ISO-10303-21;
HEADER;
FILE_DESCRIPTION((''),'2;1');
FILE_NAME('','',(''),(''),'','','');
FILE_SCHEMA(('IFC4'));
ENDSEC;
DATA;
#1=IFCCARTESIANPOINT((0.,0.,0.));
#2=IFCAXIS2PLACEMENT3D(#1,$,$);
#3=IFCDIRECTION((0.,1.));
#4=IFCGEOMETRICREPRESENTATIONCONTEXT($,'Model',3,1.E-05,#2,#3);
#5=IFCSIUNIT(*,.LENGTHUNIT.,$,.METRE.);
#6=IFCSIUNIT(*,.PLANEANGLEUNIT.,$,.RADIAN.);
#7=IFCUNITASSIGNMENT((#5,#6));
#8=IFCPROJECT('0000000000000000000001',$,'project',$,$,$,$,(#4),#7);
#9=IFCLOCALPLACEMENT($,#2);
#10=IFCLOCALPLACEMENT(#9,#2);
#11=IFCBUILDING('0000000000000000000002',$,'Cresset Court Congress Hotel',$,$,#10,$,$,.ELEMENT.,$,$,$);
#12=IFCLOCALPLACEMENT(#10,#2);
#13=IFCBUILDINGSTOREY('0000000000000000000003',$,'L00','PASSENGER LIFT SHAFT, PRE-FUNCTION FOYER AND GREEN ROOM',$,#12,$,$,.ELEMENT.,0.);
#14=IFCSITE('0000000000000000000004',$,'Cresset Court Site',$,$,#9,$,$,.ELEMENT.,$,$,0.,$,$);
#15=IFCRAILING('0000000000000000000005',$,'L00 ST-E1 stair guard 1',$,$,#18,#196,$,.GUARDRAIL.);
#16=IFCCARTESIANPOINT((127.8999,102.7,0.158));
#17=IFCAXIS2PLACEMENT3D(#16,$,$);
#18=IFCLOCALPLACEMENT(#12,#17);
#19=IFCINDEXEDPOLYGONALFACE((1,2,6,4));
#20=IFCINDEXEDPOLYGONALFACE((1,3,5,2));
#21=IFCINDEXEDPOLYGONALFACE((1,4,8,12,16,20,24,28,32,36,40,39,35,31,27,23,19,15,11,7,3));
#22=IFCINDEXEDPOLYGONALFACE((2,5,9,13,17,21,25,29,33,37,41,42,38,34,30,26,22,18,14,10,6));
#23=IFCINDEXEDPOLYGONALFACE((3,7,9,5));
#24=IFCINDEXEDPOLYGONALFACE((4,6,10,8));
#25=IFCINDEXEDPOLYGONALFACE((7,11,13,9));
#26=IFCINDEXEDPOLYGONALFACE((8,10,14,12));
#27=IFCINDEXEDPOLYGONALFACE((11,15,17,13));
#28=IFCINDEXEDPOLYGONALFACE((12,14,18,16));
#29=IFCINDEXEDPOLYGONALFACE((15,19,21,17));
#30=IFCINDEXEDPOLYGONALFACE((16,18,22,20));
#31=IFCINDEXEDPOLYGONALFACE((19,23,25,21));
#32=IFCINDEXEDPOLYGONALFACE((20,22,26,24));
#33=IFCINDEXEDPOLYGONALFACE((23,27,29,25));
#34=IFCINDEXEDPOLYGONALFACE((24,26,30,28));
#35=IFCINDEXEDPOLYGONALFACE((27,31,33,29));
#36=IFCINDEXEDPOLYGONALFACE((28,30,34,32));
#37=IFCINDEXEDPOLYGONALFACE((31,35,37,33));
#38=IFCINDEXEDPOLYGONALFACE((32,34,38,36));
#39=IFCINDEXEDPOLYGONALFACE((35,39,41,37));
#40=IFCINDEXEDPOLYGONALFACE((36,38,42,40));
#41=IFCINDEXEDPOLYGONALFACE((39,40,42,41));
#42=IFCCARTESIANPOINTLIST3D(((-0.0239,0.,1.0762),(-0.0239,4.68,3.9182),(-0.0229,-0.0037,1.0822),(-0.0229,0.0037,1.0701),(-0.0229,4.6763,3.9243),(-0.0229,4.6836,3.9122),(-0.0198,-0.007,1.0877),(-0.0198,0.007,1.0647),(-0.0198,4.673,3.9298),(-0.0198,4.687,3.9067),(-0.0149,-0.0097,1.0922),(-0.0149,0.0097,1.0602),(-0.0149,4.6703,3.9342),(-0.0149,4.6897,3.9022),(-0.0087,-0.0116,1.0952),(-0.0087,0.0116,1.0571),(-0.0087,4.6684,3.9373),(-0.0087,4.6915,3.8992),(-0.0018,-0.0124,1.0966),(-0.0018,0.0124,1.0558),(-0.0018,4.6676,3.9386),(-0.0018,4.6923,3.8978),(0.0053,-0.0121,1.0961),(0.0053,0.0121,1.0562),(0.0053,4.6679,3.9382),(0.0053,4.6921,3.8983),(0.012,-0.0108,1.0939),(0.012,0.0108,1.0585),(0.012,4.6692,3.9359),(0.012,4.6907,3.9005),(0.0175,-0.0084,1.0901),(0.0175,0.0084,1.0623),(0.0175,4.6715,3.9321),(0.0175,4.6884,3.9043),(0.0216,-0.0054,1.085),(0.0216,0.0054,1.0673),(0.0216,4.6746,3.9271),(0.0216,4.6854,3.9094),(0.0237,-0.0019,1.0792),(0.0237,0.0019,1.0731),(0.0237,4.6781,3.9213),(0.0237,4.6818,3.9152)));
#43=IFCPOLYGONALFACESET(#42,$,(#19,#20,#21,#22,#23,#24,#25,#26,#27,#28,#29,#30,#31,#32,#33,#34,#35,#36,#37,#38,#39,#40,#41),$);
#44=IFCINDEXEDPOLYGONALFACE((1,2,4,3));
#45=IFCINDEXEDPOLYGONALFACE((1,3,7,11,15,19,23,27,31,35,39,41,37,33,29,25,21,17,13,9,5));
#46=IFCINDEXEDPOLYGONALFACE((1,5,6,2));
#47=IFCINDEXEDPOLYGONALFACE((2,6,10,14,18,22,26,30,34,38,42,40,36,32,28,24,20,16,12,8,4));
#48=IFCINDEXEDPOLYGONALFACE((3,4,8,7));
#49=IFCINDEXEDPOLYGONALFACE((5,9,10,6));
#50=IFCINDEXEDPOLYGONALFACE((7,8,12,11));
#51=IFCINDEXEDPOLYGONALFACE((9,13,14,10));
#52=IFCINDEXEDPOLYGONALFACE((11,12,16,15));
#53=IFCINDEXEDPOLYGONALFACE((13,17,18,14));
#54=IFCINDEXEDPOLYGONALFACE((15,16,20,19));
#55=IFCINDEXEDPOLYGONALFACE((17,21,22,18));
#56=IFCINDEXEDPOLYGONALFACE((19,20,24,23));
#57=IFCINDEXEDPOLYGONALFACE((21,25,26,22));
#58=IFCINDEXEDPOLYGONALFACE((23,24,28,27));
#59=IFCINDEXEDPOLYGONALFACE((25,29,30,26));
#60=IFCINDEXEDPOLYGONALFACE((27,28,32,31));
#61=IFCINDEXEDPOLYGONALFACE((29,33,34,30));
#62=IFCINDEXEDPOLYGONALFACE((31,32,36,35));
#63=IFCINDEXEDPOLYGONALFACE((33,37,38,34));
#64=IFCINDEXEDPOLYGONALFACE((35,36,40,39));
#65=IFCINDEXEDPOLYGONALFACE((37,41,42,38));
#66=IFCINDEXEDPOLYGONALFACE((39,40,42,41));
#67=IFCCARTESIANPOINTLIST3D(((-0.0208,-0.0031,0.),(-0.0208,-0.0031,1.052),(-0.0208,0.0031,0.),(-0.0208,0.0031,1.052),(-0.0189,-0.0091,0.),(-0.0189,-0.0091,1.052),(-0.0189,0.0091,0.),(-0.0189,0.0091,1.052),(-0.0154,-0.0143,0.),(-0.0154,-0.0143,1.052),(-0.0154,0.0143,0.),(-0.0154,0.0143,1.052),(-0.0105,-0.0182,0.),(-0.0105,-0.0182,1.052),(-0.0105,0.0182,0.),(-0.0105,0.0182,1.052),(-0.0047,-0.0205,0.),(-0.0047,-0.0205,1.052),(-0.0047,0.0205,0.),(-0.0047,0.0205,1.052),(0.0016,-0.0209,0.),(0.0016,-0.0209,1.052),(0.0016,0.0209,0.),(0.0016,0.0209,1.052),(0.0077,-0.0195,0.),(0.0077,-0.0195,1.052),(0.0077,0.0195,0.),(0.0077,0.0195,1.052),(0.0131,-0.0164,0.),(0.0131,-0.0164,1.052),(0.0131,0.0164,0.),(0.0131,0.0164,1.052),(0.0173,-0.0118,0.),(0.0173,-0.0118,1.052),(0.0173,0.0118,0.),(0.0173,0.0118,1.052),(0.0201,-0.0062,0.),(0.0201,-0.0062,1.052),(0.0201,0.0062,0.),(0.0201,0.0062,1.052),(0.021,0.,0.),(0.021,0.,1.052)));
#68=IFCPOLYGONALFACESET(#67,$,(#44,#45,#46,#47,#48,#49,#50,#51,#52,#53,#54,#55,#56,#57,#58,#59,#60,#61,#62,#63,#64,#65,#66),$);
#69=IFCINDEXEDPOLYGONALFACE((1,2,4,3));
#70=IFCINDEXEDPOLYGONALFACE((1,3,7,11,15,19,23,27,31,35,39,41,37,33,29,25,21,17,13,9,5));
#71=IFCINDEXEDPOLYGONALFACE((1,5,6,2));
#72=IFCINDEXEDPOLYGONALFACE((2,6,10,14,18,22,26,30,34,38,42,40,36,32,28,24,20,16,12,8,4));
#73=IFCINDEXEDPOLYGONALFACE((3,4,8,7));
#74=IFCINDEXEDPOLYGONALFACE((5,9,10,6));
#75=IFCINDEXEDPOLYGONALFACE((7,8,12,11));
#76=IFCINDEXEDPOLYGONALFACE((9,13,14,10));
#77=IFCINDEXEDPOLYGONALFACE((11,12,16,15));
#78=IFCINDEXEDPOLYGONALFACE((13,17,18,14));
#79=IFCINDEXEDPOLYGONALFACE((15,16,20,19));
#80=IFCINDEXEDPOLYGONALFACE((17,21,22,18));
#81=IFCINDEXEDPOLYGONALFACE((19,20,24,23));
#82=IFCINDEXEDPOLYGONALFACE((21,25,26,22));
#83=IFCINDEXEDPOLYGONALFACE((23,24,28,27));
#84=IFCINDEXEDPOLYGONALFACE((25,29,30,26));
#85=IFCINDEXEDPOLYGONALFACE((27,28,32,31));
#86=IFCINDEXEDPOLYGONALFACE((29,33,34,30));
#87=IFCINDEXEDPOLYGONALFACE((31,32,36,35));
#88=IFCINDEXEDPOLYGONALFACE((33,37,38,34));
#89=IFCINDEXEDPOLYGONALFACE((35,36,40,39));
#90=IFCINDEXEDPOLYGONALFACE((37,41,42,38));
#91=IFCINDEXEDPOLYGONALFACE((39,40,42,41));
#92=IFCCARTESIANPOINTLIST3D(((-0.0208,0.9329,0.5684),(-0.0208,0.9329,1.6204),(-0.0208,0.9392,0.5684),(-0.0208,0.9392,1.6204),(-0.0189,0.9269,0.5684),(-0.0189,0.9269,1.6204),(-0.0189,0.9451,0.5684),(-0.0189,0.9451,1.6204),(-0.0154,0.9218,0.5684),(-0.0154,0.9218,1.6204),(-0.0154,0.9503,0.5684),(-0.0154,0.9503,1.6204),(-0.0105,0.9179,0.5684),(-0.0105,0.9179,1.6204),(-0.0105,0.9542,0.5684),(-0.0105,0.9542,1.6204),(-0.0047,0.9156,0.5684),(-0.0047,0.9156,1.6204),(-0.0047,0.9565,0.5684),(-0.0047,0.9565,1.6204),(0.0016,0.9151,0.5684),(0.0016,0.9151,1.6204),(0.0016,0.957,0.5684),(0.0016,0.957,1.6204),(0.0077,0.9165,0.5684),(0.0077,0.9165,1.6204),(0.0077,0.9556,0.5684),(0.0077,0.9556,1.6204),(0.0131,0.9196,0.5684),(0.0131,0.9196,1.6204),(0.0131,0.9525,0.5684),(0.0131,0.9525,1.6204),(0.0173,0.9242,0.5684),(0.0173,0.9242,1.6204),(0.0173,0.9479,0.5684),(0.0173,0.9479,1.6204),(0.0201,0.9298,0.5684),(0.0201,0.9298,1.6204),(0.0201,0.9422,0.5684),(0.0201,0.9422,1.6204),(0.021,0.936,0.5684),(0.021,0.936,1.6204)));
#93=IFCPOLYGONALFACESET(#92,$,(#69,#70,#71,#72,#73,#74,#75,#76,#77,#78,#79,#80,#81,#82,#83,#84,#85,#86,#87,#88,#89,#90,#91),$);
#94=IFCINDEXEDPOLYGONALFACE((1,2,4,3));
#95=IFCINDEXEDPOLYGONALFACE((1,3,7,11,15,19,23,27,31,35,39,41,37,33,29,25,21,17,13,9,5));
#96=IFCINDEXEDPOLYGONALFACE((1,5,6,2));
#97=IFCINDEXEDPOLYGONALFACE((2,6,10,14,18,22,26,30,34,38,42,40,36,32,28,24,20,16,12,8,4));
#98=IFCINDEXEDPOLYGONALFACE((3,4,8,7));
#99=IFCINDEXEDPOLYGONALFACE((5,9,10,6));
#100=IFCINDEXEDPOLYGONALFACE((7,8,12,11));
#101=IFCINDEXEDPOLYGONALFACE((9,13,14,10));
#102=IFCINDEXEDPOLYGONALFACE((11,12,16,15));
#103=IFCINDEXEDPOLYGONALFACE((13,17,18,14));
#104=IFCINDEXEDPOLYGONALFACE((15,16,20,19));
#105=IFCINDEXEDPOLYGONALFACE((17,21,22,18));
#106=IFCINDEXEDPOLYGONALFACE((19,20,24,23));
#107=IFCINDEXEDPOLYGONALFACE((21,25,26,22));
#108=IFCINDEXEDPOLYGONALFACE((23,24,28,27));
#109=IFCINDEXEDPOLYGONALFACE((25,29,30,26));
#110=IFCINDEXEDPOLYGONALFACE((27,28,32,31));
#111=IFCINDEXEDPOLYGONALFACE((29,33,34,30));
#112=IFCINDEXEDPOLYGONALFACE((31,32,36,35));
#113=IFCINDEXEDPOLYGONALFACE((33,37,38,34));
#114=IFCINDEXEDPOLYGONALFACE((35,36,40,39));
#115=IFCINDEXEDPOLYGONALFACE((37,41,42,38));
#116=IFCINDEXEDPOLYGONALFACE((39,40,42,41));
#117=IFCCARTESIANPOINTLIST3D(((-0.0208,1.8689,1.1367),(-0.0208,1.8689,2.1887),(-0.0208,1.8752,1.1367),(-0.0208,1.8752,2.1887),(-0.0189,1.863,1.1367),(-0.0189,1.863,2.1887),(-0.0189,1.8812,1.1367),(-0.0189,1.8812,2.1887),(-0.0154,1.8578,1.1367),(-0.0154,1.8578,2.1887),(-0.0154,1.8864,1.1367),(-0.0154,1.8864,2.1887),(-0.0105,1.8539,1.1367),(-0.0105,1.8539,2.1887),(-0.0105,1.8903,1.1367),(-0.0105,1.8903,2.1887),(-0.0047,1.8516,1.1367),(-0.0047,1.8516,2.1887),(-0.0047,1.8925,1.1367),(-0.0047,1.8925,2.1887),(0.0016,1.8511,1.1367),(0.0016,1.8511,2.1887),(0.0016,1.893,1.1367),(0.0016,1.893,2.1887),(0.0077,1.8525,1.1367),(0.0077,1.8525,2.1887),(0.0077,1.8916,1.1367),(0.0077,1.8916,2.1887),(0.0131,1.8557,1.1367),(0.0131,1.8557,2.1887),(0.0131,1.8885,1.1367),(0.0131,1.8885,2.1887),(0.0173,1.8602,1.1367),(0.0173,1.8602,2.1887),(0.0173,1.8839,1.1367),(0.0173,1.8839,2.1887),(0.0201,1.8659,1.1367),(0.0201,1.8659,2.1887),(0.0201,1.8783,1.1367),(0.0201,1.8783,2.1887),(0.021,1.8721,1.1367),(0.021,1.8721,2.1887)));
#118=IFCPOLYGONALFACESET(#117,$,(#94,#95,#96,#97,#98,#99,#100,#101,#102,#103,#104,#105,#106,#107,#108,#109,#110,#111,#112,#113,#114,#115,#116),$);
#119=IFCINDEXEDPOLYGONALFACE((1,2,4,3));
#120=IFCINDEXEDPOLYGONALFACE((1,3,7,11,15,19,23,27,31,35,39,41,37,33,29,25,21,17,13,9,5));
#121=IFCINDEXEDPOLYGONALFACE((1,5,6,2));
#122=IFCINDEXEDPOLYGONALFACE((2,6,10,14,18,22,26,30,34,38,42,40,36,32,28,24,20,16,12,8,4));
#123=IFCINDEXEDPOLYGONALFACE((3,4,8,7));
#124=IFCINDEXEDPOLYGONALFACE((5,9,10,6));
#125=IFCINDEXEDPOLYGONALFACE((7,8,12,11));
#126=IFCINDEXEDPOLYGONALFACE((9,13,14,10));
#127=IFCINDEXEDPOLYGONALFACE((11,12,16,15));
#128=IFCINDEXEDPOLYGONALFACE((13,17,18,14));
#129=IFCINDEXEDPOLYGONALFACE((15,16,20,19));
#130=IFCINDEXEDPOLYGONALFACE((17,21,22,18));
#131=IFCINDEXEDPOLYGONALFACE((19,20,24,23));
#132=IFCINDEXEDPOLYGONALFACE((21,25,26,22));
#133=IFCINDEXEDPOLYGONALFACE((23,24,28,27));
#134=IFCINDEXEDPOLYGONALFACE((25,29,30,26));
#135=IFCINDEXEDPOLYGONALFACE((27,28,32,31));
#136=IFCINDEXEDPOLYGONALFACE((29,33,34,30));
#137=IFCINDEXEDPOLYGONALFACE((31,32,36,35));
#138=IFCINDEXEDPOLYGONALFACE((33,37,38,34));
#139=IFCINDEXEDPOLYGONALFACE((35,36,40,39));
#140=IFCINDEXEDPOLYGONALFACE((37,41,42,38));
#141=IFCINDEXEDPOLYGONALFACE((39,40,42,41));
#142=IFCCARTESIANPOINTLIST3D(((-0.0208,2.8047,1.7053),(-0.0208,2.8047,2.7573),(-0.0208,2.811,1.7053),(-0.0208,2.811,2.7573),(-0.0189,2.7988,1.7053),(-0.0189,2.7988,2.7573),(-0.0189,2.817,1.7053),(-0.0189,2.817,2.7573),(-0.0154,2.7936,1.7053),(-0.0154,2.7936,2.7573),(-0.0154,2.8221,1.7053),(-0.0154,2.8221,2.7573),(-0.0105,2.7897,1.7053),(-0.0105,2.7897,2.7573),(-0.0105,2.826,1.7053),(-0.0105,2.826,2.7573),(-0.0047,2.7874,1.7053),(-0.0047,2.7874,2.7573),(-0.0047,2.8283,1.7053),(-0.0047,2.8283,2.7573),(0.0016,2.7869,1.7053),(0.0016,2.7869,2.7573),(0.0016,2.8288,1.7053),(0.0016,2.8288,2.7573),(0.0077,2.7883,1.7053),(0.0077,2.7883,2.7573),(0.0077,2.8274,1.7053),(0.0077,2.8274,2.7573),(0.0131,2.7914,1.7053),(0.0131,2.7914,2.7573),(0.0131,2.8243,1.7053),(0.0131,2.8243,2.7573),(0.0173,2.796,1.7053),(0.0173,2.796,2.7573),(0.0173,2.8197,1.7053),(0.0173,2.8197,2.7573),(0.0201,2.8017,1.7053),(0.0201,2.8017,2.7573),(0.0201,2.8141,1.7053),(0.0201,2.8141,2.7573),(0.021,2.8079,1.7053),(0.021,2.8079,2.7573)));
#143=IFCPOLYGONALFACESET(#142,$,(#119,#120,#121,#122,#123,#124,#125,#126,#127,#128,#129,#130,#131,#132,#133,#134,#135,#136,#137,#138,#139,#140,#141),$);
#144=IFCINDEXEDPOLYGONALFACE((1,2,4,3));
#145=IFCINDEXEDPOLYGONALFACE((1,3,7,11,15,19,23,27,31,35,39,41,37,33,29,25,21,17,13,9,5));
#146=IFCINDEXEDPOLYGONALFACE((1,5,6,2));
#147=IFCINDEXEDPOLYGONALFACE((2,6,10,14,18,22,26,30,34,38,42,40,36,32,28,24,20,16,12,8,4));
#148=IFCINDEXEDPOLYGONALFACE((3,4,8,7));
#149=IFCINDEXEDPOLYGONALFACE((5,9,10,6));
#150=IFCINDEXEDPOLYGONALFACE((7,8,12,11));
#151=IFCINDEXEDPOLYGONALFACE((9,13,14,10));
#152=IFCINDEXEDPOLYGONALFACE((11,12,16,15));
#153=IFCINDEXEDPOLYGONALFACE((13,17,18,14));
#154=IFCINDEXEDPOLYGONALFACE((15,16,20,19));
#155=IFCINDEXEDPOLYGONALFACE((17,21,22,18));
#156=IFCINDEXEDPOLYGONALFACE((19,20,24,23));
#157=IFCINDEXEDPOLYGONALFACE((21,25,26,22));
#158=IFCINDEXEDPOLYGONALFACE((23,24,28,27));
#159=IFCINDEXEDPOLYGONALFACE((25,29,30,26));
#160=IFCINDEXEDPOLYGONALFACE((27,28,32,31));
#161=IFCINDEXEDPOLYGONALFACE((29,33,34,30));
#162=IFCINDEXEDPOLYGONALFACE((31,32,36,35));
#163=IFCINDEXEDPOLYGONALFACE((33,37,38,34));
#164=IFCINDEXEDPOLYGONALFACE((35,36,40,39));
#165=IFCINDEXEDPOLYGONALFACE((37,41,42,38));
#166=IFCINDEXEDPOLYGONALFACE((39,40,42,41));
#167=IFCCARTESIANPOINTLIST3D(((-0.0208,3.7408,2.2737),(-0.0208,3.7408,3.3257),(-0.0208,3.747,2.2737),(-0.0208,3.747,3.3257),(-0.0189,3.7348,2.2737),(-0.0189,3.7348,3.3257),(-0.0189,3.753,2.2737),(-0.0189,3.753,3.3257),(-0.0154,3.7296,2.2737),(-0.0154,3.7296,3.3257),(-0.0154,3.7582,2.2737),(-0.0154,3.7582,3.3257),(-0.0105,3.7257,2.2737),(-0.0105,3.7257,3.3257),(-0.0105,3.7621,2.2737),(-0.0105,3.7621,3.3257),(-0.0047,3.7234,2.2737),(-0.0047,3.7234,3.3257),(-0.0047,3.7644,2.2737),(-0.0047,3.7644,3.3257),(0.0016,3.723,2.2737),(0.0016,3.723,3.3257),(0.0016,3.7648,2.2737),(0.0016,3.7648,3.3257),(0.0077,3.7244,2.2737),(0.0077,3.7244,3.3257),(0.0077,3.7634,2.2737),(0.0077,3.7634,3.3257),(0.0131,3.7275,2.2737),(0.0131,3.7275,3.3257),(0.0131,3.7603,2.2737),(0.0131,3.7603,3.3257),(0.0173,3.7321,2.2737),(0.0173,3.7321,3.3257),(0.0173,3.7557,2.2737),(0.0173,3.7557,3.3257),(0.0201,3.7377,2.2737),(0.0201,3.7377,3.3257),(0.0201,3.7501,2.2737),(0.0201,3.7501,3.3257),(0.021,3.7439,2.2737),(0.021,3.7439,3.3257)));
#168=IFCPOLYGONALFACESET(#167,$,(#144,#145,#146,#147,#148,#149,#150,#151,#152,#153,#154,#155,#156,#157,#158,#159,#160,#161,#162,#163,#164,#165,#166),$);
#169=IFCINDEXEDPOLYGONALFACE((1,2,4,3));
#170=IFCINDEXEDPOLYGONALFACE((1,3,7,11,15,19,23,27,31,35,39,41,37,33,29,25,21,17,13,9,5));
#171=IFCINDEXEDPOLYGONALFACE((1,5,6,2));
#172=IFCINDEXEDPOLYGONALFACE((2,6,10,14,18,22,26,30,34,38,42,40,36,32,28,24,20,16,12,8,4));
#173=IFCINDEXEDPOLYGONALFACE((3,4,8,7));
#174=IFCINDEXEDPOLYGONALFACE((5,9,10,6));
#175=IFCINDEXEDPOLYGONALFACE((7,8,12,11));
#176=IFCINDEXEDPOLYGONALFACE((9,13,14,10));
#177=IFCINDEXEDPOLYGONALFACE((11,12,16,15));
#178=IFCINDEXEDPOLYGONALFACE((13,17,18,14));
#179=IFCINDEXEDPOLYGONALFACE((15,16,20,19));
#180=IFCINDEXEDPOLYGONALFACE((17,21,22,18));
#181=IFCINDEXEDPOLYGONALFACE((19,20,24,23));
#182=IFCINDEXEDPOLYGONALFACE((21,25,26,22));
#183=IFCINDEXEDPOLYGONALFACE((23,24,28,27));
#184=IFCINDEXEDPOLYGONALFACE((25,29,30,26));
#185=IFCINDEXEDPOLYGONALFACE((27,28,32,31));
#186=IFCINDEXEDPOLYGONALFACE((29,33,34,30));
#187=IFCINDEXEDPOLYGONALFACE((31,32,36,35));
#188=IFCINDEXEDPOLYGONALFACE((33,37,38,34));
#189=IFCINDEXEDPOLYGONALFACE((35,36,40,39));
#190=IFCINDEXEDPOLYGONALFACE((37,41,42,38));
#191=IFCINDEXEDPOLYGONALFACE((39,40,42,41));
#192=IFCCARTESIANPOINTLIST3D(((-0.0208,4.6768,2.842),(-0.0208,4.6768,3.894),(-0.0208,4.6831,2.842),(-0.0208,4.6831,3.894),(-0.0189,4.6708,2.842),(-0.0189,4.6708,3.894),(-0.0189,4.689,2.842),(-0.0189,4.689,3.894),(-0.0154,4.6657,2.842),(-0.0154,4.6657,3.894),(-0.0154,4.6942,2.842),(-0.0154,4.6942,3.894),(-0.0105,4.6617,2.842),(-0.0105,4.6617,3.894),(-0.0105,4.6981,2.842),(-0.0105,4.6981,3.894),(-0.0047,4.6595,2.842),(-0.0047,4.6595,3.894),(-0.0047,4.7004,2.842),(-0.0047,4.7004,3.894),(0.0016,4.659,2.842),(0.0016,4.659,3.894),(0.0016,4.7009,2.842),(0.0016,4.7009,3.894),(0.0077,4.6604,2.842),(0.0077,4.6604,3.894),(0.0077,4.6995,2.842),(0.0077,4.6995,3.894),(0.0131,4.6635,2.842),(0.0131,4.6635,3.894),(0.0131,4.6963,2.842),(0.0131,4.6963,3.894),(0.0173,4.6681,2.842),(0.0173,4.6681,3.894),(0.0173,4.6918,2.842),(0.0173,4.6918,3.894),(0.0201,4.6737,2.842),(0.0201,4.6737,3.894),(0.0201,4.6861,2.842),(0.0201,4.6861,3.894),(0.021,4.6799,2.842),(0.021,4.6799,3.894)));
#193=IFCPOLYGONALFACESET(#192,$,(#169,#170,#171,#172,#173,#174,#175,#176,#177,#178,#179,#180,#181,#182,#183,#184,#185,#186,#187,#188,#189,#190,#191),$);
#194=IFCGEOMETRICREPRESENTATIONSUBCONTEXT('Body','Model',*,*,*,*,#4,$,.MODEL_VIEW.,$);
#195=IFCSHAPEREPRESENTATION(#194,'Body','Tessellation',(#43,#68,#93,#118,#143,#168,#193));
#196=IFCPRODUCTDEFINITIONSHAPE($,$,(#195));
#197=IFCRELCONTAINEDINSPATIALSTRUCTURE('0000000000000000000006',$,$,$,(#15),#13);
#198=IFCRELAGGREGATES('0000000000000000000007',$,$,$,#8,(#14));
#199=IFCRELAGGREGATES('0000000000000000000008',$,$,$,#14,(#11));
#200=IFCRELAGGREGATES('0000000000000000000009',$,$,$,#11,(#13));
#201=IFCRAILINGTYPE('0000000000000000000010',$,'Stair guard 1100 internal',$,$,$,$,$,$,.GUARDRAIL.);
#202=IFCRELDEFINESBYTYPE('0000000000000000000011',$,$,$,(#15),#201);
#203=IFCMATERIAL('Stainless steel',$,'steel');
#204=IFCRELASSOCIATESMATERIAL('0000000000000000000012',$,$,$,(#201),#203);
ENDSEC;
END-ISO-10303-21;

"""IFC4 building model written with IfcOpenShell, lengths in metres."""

from ifc_helpers import new_model, si_unit, direction, frame, origin, origin_2d, place, context, subcontext, project, spatial, circle, extrude, material, type_object, element, save


model = new_model("IFC4")

# Units and contexts
model_context = context("Model", 3, precision=1e-05, world=origin(), true_north=direction((0.0, 1.0)))
body_context = subcontext(model_context, "Body", "Model", "MODEL_VIEW")
ifc_project = project(units=[si_unit("LENGTHUNIT", "METRE"), si_unit("PLANEANGLEUNIT", "RADIAN")], contexts=[model_context])

# Site, building, storey
site_placement = place(None, origin())
site = spatial("IfcSite", under=ifc_project, at=site_placement, Name="Cresset Court Site", CompositionType="ELEMENT", RefElevation=0.0)
building_placement = place(site_placement, origin())
building = spatial("IfcBuilding", under=site, at=building_placement, Name="Cresset Court Congress Hotel", CompositionType="ELEMENT")
storey_placement = place(building_placement, origin())
storey = spatial("IfcBuildingStorey", under=building, at=storey_placement, Name="L00", Description="PASSENGER LIFT SHAFT, PRE-FUNCTION FOYER AND GREEN ROOM", CompositionType="ELEMENT", Elevation=0.0)

# Railing
ifc_material_1 = material(Name="Stainless steel", Category="steel")
railing_type_1 = type_object("IfcRailingType", Name="Stair guard 1100 internal", PredefinedType="GUARDRAIL", material=ifc_material_1)
railing_1_placement = place(storey_placement, frame((127.8999, 102.7, 0.158)))
element("IfcRailing", 1, at=railing_1_placement, inside=storey, type_object=railing_type_1, Name="L00 ST-E1 stair guard 1", PredefinedType="GUARDRAIL", context=body_context, shape_type="SweptSolid", body=[
    extrude(circle(Radius=0.0239, at=origin_2d()), frame((0.0, 0.0, 1.0762), z_axis=(0.0, 0.854735, 0.519065), x_axis=(-1.0, 0.0, 0.0)), (0.0, 0.0, 1.0), 5.4753),
    extrude(circle(Radius=0.021, at=origin_2d()), origin(), (0.0, 0.0, 1.0), 1.052),
    extrude(circle(Radius=0.021, at=origin_2d()), frame((0.0, 0.936, 0.5684)), (0.0, 0.0, 1.0), 1.052),
    extrude(circle(Radius=0.021, at=origin_2d()), frame((0.0, 1.8721, 1.1367)), (0.0, 0.0, 1.0), 1.052),
    extrude(circle(Radius=0.021, at=origin_2d()), frame((0.0, 2.8079, 1.7053)), (0.0, 0.0, 1.0), 1.052),
    extrude(circle(Radius=0.021, at=origin_2d()), frame((0.0, 3.7439, 2.2737)), (0.0, 0.0, 1.0), 1.052),
    extrude(circle(Radius=0.021, at=origin_2d()), frame((0.0, 4.6799, 2.842)), (0.0, 0.0, 1.0), 1.052),
])

save(model, "model.ifc")
